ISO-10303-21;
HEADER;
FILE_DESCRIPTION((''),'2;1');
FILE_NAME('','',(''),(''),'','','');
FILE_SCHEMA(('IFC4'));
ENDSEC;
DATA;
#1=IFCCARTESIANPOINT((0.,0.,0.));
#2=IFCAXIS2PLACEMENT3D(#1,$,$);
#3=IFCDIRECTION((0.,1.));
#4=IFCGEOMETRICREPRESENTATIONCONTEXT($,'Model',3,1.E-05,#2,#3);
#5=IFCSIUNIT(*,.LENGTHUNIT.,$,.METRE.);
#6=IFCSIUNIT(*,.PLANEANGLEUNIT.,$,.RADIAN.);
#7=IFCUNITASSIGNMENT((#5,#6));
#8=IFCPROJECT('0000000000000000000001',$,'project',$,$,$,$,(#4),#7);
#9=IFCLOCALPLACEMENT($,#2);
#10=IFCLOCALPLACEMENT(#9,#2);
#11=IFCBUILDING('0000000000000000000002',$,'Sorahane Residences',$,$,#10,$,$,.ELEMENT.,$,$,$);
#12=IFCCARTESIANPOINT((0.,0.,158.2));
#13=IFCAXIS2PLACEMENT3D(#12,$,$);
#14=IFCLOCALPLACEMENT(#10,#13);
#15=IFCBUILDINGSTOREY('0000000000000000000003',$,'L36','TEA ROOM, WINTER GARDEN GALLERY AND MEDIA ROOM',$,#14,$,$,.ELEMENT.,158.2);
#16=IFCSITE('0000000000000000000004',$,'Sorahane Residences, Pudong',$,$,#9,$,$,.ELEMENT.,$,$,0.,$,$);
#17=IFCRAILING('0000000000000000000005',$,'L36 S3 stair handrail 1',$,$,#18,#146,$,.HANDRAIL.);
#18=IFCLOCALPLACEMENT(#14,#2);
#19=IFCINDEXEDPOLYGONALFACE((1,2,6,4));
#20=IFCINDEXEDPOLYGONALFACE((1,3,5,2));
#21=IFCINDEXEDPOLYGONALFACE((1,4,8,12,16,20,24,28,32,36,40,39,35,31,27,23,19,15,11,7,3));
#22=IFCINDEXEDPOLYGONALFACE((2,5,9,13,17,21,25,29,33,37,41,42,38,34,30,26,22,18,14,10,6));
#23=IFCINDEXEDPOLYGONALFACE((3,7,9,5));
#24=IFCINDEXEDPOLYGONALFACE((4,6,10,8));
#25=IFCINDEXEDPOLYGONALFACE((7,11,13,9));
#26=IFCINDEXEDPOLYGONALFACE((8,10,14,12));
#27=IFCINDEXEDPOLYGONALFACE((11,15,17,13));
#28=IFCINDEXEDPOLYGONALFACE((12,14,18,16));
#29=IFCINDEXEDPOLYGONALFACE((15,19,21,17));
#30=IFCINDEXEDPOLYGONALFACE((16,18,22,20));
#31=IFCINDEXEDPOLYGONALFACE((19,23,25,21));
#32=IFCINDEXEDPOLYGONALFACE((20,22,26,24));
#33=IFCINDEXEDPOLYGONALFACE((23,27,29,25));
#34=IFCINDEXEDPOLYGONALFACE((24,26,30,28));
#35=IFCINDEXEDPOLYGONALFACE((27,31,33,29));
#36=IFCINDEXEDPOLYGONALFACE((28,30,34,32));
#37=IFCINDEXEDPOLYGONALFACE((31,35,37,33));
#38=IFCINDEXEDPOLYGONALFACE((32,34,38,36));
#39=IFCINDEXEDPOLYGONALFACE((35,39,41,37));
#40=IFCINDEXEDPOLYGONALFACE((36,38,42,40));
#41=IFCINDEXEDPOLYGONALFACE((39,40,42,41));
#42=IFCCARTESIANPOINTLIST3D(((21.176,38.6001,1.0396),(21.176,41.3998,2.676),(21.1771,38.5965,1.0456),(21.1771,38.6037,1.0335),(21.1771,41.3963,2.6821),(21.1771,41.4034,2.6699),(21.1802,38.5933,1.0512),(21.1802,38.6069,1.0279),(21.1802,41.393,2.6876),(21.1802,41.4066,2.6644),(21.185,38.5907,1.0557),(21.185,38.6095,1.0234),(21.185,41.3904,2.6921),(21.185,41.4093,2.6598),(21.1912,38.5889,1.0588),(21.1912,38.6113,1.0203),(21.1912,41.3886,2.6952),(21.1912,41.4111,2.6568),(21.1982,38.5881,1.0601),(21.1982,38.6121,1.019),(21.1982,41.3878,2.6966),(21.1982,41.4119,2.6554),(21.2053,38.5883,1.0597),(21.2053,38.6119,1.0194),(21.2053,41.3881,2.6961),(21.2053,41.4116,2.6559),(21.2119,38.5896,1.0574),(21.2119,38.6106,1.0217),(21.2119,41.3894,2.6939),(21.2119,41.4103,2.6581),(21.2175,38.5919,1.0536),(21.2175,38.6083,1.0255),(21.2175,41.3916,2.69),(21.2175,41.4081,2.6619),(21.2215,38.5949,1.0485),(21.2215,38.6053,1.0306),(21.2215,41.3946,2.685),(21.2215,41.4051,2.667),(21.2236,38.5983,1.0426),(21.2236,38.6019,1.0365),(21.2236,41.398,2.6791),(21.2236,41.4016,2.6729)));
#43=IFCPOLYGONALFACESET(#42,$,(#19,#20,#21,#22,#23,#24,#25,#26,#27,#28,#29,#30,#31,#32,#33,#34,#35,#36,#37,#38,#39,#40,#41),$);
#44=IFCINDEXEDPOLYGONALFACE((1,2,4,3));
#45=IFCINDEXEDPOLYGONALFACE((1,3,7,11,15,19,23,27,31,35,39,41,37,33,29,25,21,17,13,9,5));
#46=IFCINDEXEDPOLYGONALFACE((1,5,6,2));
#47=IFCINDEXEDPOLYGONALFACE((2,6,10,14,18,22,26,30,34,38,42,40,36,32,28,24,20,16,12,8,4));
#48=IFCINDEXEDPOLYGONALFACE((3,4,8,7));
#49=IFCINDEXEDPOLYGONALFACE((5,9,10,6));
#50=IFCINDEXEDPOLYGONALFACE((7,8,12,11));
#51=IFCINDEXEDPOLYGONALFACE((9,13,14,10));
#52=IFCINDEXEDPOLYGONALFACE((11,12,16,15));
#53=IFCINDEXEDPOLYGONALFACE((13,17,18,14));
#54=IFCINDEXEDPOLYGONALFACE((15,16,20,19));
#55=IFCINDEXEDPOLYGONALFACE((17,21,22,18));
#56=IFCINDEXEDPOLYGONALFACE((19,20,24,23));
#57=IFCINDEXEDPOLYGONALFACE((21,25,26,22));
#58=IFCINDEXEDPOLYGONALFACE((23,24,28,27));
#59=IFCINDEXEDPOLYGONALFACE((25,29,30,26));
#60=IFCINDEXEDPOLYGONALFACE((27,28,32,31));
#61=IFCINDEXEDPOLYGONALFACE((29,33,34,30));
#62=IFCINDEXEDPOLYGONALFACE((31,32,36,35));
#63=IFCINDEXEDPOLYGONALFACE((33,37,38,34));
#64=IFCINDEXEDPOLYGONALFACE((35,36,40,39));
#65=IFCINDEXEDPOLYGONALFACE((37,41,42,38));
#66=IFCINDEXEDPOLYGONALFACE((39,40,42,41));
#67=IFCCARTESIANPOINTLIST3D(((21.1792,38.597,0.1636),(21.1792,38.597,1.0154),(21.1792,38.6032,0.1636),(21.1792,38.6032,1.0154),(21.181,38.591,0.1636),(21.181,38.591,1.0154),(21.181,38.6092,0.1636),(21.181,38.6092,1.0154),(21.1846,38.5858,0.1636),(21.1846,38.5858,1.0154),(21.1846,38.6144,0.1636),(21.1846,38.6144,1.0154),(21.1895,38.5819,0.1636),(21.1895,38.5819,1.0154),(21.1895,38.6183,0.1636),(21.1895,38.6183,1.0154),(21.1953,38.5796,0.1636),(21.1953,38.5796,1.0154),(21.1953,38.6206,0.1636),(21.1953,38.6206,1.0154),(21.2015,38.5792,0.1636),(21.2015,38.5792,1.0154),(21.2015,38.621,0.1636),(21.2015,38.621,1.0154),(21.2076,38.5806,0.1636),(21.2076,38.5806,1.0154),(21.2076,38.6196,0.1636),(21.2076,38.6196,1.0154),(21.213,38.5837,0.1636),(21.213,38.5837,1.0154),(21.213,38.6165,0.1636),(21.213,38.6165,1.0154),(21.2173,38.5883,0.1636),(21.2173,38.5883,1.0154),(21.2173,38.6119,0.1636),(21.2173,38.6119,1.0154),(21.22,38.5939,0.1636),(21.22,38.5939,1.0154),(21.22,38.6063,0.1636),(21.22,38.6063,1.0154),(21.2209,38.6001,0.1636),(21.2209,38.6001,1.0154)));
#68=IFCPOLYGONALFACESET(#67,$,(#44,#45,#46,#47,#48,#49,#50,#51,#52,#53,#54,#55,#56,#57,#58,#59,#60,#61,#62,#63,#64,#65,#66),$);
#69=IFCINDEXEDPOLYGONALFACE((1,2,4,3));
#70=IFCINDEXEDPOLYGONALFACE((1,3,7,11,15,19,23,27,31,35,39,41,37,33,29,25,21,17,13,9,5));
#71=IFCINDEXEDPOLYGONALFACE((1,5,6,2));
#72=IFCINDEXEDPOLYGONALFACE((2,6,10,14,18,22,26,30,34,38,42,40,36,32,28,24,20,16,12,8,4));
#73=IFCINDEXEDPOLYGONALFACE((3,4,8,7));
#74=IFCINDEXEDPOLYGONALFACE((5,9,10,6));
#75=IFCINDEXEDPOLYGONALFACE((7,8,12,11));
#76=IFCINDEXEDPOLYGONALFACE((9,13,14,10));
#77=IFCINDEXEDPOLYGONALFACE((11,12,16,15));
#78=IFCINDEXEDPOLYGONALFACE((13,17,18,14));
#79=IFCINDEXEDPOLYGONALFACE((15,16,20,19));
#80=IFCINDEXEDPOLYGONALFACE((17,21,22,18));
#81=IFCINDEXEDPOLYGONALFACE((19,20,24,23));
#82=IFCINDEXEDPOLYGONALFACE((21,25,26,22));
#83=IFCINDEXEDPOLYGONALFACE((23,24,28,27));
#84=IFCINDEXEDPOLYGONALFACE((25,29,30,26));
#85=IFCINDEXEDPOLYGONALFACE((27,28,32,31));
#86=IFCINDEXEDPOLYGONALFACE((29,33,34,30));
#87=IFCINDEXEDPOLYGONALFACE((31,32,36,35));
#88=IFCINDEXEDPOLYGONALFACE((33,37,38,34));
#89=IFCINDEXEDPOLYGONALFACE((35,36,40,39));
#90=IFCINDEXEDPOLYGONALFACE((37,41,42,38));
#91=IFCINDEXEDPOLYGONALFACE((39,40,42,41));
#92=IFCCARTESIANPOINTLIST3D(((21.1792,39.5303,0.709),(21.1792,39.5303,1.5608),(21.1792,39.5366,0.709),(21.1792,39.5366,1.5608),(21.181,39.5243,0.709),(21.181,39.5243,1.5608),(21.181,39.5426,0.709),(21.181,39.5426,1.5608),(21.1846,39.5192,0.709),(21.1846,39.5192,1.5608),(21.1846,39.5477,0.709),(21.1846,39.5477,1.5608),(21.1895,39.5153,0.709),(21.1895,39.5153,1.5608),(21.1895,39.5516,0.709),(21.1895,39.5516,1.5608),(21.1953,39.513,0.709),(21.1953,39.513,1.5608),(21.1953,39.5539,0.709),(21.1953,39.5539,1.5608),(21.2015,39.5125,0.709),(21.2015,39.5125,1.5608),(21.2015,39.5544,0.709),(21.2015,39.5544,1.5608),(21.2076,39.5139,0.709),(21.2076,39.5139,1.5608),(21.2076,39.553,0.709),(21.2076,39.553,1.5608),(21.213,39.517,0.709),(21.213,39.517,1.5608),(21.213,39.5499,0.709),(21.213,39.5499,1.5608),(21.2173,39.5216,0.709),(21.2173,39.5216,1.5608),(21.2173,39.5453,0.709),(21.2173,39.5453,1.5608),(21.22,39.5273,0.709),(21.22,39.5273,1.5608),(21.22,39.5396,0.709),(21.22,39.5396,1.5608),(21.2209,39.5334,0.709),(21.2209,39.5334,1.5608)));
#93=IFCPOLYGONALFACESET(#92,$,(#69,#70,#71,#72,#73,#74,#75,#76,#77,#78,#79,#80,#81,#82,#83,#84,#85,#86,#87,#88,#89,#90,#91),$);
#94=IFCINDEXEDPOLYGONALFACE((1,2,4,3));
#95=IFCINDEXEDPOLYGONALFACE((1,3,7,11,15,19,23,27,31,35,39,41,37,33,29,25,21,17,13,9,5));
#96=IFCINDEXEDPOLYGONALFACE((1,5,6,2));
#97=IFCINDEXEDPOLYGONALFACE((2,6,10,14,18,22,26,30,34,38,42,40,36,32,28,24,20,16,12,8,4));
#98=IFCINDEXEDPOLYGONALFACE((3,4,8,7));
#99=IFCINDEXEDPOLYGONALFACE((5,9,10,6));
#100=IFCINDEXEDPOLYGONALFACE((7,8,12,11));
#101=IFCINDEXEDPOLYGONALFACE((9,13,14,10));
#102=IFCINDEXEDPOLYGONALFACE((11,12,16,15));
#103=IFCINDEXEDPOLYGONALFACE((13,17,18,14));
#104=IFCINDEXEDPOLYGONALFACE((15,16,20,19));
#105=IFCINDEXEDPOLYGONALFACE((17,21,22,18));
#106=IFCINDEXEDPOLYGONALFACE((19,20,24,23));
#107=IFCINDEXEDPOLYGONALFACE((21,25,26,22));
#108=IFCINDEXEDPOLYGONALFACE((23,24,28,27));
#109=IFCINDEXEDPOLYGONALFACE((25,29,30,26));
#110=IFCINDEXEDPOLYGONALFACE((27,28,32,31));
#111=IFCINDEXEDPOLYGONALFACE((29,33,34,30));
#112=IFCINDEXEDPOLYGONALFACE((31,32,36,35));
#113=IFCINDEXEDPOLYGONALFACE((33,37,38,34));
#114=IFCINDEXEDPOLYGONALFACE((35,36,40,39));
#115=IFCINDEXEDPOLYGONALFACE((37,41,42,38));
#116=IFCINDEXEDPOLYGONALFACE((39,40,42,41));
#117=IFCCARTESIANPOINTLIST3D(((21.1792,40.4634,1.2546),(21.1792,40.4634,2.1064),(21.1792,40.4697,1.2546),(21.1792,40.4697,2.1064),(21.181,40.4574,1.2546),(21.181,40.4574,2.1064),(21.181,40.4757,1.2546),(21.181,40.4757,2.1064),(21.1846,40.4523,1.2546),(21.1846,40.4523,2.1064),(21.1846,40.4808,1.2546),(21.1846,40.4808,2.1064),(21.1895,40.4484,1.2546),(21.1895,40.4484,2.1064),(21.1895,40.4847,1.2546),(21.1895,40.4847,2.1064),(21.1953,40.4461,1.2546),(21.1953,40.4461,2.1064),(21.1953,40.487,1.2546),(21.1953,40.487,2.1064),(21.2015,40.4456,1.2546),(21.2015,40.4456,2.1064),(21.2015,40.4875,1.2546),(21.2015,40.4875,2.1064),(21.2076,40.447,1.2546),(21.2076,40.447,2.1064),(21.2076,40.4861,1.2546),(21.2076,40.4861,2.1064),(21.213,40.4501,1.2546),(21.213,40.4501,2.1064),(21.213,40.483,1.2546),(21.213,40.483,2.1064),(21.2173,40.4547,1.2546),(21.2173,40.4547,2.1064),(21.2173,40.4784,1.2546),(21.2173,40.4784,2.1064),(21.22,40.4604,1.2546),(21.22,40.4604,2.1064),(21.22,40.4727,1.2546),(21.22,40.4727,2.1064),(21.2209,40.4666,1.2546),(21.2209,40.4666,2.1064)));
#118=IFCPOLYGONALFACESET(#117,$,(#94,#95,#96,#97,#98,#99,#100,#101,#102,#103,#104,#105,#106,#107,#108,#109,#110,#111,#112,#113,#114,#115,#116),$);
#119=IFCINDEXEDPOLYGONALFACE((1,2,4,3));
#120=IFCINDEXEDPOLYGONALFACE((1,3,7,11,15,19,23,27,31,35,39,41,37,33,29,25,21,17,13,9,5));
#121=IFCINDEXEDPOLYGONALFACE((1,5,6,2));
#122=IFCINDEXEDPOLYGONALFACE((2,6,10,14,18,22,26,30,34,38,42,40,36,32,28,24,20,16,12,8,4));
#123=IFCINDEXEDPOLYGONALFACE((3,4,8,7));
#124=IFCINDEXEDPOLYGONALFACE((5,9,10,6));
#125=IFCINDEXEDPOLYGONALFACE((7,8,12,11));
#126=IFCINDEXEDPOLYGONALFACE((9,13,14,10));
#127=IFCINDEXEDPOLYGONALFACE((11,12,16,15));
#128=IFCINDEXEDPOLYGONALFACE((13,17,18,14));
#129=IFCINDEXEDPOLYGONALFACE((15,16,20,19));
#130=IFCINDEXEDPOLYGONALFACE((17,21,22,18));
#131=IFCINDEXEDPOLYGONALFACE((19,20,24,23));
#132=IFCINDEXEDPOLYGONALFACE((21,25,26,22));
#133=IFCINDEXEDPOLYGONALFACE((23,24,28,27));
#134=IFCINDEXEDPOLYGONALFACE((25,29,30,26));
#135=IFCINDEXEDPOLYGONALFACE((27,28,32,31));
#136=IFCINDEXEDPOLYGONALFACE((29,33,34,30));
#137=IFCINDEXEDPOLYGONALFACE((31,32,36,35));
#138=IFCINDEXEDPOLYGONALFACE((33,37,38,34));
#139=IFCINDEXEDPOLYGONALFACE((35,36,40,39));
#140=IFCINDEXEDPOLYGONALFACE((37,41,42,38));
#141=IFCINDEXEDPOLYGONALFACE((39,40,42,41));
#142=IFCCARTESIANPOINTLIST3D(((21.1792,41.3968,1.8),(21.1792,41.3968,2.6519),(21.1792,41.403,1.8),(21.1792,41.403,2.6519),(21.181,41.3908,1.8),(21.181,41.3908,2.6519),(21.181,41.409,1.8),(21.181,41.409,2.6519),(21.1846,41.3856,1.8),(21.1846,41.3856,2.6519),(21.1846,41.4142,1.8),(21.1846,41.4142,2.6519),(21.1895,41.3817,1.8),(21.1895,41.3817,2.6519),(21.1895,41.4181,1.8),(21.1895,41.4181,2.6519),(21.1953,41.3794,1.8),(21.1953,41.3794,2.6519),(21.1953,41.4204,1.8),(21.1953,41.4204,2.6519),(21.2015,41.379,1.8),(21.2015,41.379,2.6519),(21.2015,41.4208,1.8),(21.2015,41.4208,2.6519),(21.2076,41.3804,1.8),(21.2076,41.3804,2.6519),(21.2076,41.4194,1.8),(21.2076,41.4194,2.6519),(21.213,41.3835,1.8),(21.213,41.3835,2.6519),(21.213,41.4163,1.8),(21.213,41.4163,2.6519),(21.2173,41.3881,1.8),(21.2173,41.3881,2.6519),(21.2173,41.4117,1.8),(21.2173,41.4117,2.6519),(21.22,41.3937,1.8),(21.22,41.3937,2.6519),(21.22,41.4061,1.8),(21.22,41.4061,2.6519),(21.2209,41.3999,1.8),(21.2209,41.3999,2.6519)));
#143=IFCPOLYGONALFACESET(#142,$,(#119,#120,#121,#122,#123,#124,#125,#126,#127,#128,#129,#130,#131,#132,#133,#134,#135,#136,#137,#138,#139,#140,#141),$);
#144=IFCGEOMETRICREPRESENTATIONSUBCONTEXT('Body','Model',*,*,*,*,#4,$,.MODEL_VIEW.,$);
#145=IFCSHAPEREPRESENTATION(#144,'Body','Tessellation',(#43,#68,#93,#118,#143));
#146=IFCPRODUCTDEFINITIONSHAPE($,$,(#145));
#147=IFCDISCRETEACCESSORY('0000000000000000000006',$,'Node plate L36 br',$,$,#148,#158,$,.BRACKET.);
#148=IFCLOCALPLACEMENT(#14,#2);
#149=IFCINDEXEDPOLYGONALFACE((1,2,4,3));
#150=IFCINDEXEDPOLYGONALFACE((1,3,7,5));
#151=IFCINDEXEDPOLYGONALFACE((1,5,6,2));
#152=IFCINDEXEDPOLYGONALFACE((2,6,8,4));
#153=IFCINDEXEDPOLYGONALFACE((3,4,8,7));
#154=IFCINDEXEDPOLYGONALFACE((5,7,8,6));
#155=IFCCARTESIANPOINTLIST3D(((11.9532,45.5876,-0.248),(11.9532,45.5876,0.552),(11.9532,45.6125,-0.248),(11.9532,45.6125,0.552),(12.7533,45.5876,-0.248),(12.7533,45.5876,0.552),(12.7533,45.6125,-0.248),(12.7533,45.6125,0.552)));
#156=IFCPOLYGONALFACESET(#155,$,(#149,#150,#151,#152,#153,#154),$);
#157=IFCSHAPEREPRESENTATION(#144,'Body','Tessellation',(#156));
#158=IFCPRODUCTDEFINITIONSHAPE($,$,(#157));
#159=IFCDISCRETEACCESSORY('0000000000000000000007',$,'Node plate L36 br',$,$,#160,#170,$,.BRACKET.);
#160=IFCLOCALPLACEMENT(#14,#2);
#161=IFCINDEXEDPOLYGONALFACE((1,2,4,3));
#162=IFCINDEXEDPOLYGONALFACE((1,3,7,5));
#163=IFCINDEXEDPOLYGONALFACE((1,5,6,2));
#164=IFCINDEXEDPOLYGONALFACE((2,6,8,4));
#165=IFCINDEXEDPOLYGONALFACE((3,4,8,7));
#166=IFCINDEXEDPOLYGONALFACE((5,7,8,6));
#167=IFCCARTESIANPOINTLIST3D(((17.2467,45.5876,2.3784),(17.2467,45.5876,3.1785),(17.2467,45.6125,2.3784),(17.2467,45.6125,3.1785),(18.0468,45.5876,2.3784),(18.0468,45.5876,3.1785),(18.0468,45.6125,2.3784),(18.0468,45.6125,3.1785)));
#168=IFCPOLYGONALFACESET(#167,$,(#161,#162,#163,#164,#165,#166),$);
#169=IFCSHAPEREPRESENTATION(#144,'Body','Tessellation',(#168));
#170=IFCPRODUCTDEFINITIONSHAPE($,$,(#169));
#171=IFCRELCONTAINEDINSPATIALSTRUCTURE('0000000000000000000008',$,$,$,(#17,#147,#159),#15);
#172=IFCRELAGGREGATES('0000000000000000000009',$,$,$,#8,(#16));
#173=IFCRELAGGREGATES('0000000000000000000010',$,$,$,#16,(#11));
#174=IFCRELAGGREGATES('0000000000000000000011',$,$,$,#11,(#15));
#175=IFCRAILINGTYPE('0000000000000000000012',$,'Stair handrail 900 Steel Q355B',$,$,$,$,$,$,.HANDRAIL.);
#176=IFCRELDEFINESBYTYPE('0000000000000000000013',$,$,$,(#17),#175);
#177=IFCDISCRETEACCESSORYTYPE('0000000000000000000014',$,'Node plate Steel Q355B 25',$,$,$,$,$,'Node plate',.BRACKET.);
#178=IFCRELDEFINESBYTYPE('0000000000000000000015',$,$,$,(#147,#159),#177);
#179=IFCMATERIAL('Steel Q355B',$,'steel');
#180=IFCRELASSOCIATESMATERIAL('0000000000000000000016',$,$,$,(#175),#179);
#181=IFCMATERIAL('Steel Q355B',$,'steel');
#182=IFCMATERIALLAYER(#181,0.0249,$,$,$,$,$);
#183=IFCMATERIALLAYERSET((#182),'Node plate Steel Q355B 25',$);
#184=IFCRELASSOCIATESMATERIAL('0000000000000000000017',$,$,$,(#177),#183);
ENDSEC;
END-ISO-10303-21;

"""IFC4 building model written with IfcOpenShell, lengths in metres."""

from ifc_helpers import new_model, si_unit, direction, frame, origin, origin_2d, place, context, subcontext, project, spatial, rectangle, circle, extrude, material, layer, layer_set, type_object, element, save


model = new_model("IFC4")

# Units and contexts
model_context = context("Model", 3, precision=1e-05, world=origin(), true_north=direction((0.0, 1.0)))
body_context = subcontext(model_context, "Body", "Model", "MODEL_VIEW")
ifc_project = project(units=[si_unit("LENGTHUNIT", "METRE"), si_unit("PLANEANGLEUNIT", "RADIAN")], contexts=[model_context])

# Site, building, storey
site_placement = place(None, origin())
site = spatial("IfcSite", under=ifc_project, at=site_placement, Name="Sorahane Residences, Pudong", CompositionType="ELEMENT", RefElevation=0.0)
building_placement = place(site_placement, origin())
building = spatial("IfcBuilding", under=site, at=building_placement, Name="Sorahane Residences", CompositionType="ELEMENT")
storey_placement = place(building_placement, frame((0.0, 0.0, 158.2)))
storey = spatial("IfcBuildingStorey", under=building, at=storey_placement, Name="L36", Description="TEA ROOM, WINTER GARDEN GALLERY AND MEDIA ROOM", CompositionType="ELEMENT", Elevation=158.2)

# Railing
ifc_material_1 = material(Name="Steel Q355B", Category="steel")
railing_type = type_object("IfcRailingType", Name="Stair handrail 900 Steel Q355B", PredefinedType="HANDRAIL", material=ifc_material_1)
for number, where, name in (
    (1, (21.2, 38.6001, 0.1636), "L36 S3 stair handrail 1"),
):
    element("IfcRailing", number, at=place(storey_placement, frame(where)), inside=storey, type_object=railing_type, Name=name, PredefinedType="HANDRAIL", context=body_context, shape_type="SweptSolid", body=[
        extrude(circle(Radius=0.0239, at=origin_2d()), frame((0.0, 0.0, 0.876), z_axis=(0.0, 0.863342, 0.50462), x_axis=(-1.0, 0.0, 0.0)), (0.0, 0.0, 1.0), 3.2429),
        extrude(circle(Radius=0.021, at=origin_2d()), origin(), (0.0, 0.0, 1.0), 0.8518),
        extrude(circle(Radius=0.021, at=origin_2d()), frame((0.0, 0.9333, 0.5454)), (0.0, 0.0, 1.0), 0.8518),
        extrude(circle(Radius=0.021, at=origin_2d()), frame((0.0, 1.8665, 1.0911)), (0.0, 0.0, 1.0), 0.8518),
        extrude(circle(Radius=0.021, at=origin_2d()), frame((0.0, 2.7998, 1.6365)), (0.0, 0.0, 1.0), 0.8518),
    ])

# Discrete accessories
ifc_material_2 = material(Name="Steel Q355B", Category="steel")
ifc_layer_1 = layer(ifc_material_2, 0.0249)
ifc_layer_set_1 = layer_set([ifc_layer_1], Name="Node plate Steel Q355B 25")
discrete_accessory_type = type_object("IfcDiscreteAccessoryType", Name="Node plate Steel Q355B 25", ElementType="Node plate", PredefinedType="BRACKET", material=ifc_layer_set_1)
for number, where, z_axis, x_axis, name in (
    (2, (12.3533, 45.6001, -0.248), (0.0, 0.0, 1.0), (1.0, 0.0, 0.0), "Node plate L36 br"),
    (3, (17.6467, 45.6001, 2.3784), (0.0, 0.0, 1.0), (1.0, 0.0, 0.0), "Node plate L36 br"),
):
    element("IfcDiscreteAccessory", number, at=place(storey_placement, frame(where, z_axis=z_axis, x_axis=x_axis)), inside=storey, type_object=discrete_accessory_type, Name=name, PredefinedType="BRACKET", context=body_context, shape_type="SweptSolid", body=[
        extrude(rectangle(XDim=0.8, YDim=0.0249, at=origin_2d()), origin(), (0.0, 0.0, 1.0), 0.8),
    ])

save(model, "model.ifc")
